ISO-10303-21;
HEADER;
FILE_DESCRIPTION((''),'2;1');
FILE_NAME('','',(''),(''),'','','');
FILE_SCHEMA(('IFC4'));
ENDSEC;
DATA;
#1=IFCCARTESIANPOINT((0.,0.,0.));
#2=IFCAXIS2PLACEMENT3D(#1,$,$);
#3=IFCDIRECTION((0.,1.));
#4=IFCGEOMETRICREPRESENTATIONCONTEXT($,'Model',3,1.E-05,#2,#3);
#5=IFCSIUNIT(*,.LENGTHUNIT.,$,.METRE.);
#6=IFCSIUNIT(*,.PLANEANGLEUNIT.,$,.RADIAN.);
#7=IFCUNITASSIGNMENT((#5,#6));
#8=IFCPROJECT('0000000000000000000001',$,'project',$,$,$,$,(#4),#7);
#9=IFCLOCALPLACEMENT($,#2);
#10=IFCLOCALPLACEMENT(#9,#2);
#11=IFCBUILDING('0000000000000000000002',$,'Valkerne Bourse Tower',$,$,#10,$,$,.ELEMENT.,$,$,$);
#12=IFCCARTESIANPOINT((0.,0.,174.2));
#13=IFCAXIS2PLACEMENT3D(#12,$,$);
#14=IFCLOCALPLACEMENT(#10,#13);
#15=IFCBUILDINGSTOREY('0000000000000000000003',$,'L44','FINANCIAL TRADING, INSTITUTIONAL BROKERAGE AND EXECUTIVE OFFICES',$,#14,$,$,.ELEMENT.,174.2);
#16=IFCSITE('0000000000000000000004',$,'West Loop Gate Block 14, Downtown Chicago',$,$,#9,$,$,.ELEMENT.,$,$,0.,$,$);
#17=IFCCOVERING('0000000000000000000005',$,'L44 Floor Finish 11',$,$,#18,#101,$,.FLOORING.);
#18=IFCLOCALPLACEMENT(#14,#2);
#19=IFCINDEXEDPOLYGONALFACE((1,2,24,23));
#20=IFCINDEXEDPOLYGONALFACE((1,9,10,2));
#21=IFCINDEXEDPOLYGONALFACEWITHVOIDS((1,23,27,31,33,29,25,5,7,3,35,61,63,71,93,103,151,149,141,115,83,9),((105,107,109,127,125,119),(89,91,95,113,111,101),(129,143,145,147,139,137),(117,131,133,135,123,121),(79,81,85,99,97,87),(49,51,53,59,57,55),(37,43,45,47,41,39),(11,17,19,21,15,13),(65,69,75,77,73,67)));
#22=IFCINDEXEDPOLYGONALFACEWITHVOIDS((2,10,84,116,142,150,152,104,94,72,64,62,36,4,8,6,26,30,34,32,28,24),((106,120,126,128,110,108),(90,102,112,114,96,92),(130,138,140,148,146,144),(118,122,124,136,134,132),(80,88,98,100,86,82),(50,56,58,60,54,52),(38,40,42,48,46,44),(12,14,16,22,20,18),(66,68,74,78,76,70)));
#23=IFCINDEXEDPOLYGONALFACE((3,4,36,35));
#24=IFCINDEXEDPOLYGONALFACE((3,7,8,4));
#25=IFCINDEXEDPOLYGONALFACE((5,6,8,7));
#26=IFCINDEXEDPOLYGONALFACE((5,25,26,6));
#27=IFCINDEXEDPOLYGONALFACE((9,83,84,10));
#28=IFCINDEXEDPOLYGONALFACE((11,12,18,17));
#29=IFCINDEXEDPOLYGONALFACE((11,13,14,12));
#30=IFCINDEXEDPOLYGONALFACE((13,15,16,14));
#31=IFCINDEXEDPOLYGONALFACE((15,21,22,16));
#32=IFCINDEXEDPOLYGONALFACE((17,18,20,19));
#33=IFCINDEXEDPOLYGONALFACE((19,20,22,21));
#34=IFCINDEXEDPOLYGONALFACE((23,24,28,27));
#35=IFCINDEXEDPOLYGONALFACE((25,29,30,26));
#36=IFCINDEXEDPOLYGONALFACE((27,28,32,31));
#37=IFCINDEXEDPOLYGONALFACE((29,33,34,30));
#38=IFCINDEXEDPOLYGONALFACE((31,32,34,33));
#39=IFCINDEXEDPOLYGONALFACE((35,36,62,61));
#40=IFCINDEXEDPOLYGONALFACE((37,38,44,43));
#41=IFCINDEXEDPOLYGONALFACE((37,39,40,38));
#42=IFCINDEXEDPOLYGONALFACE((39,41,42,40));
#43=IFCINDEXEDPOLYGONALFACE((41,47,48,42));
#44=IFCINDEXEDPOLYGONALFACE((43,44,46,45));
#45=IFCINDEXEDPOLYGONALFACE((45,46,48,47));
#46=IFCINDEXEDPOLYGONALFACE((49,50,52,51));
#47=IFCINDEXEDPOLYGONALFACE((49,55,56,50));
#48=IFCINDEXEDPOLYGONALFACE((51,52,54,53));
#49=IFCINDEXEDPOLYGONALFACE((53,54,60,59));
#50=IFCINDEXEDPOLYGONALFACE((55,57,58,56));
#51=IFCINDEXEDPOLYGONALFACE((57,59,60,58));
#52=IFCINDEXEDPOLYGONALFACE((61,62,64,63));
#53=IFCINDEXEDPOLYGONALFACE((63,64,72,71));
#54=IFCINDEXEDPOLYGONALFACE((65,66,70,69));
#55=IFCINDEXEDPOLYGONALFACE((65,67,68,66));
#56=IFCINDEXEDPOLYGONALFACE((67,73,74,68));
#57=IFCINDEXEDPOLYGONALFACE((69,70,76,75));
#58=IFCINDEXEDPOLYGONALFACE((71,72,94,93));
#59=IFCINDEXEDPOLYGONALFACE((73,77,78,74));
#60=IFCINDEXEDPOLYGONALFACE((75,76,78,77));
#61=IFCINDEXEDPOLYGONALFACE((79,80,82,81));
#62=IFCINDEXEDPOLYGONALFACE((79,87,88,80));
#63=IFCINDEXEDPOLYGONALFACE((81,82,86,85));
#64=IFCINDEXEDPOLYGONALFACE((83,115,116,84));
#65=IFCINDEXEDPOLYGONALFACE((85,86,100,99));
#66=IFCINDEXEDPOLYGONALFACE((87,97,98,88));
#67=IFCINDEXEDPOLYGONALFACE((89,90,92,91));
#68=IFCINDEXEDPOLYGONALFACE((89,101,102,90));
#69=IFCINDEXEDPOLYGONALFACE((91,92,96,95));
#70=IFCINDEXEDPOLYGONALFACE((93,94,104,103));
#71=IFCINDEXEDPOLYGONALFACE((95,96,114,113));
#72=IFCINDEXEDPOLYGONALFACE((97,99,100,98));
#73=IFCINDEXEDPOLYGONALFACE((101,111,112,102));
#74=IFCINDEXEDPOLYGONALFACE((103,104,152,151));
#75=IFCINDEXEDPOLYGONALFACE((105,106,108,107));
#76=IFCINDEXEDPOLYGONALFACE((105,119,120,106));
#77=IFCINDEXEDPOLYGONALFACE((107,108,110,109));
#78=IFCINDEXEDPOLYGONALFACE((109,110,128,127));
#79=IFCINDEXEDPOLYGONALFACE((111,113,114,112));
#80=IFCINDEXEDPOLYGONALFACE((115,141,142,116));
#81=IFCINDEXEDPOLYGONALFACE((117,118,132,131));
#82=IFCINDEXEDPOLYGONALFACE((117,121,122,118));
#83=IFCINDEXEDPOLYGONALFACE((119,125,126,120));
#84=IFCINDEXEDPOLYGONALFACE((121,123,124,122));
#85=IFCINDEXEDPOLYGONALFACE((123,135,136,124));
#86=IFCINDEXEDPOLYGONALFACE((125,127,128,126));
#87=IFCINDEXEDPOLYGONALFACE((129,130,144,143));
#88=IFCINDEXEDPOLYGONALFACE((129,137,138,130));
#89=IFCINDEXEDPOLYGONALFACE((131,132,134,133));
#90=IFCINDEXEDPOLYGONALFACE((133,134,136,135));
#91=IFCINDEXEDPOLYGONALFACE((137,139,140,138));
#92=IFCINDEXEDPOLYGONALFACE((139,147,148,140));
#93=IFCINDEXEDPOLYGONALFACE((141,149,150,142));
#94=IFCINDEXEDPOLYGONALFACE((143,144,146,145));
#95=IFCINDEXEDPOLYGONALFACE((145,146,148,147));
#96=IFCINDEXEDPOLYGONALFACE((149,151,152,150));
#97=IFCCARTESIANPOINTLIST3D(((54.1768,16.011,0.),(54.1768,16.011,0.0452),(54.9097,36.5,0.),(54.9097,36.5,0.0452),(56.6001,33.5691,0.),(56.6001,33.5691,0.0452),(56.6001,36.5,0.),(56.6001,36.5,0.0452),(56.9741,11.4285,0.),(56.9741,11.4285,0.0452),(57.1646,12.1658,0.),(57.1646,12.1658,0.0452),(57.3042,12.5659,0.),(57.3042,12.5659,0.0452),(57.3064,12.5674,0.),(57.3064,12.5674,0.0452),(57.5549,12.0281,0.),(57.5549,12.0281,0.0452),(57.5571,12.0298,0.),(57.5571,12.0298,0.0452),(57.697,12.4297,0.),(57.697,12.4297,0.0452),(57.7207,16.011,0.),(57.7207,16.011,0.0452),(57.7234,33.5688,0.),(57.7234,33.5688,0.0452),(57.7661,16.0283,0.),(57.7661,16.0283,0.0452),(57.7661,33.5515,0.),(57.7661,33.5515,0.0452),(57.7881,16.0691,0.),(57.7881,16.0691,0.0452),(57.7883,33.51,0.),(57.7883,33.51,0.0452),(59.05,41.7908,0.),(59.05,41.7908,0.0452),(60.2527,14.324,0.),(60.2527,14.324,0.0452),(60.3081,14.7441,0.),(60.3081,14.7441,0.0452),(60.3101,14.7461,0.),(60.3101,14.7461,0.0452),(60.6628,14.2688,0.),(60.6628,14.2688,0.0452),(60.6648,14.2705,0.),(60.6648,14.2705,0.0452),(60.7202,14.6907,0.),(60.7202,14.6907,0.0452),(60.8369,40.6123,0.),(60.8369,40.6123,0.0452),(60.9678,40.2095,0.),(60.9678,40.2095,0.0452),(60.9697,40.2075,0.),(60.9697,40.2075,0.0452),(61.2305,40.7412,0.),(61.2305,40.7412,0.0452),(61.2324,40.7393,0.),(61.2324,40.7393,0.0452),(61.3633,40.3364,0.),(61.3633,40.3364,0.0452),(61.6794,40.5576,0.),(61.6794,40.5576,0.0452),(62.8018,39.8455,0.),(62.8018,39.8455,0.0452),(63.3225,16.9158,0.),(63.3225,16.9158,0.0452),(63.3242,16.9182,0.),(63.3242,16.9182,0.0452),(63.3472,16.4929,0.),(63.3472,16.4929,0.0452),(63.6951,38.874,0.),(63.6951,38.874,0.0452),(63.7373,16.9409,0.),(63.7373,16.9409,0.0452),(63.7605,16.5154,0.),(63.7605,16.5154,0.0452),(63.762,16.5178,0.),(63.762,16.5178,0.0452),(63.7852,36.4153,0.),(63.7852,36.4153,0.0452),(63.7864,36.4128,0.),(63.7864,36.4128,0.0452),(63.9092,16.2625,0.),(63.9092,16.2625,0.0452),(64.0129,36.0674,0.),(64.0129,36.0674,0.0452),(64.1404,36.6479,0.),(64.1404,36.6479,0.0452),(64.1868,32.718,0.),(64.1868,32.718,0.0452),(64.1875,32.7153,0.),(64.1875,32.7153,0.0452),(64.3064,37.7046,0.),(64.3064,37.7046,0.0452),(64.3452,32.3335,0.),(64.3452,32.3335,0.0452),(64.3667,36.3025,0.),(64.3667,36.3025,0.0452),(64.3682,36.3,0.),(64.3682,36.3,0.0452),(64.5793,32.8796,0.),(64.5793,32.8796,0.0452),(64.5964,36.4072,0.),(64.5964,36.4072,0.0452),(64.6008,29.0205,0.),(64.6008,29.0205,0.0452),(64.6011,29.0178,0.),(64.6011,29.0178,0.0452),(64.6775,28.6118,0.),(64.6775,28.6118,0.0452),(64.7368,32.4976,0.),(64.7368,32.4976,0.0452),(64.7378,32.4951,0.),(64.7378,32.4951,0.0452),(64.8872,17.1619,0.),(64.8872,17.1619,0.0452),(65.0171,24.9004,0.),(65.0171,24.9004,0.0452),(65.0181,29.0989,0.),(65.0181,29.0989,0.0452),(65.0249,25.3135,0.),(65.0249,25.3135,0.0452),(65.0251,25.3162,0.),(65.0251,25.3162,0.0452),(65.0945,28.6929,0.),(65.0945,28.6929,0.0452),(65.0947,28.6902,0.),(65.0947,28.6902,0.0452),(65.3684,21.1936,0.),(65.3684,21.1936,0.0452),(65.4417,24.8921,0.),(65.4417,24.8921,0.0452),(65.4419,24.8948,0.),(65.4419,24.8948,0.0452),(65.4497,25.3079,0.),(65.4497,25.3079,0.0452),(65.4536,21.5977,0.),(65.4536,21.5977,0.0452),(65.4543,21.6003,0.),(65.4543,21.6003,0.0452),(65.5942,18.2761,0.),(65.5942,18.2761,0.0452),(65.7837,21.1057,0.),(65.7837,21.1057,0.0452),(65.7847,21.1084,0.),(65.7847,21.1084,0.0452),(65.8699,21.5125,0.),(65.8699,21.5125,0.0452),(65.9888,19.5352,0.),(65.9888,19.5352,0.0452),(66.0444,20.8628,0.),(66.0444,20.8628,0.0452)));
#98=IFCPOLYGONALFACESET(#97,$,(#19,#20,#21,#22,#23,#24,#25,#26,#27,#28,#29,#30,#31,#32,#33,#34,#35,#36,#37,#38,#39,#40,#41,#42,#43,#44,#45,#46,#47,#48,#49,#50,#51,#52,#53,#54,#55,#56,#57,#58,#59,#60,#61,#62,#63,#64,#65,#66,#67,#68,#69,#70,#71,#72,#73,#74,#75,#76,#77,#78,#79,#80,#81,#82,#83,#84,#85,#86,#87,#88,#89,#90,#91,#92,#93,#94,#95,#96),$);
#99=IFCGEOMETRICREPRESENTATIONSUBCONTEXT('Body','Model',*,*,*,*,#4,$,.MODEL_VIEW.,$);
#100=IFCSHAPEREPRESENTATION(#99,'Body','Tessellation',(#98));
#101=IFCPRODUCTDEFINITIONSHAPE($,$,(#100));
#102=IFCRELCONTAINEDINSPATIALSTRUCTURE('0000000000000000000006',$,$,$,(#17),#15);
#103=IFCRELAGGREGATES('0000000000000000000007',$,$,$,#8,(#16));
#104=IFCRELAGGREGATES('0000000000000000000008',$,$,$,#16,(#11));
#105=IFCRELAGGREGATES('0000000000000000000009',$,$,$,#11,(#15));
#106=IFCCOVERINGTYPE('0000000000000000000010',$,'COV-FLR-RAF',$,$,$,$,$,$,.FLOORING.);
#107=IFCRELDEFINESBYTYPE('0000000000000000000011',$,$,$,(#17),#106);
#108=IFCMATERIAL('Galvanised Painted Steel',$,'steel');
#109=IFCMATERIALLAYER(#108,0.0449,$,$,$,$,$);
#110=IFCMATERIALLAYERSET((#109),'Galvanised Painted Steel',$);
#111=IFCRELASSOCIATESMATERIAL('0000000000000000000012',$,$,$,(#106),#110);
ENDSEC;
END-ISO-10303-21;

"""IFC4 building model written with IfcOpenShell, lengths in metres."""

from ifc_helpers import new_model, si_unit, direction, frame, origin, place, context, subcontext, project, spatial, polyline, outline, extrude, material, layer, layer_set, type_object, element, save


model = new_model("IFC4")

# Units and contexts
model_context = context("Model", 3, precision=1e-05, world=origin(), true_north=direction((0.0, 1.0)))
body_context = subcontext(model_context, "Body", "Model", "MODEL_VIEW")
ifc_project = project(units=[si_unit("LENGTHUNIT", "METRE"), si_unit("PLANEANGLEUNIT", "RADIAN")], contexts=[model_context])

# Site, building, storey
site_placement = place(None, origin())
site = spatial("IfcSite", under=ifc_project, at=site_placement, Name="West Loop Gate Block 14, Downtown Chicago", CompositionType="ELEMENT", RefElevation=0.0)
building_placement = place(site_placement, origin())
building = spatial("IfcBuilding", under=site, at=building_placement, Name="Valkerne Bourse Tower", CompositionType="ELEMENT")
storey_placement = place(building_placement, frame((0.0, 0.0, 174.2)))
storey = spatial("IfcBuildingStorey", under=building, at=storey_placement, Name="L44", Description="FINANCIAL TRADING, INSTITUTIONAL BROKERAGE AND EXECUTIVE OFFICES", CompositionType="ELEMENT", Elevation=174.2)

# Covering
ifc_material_1 = material(Name="Galvanised Painted Steel", Category="steel")
ifc_layer_1 = layer(ifc_material_1, 0.0449)
ifc_layer_set_1 = layer_set([ifc_layer_1], Name="Galvanised Painted Steel")
covering_type_1 = type_object("IfcCoveringType", Name="COV-FLR-RAF", PredefinedType="FLOORING", material=ifc_layer_set_1)
covering_1_placement = place(storey_placement, origin())
element("IfcCovering", 1, at=covering_1_placement, inside=storey, type_object=covering_type_1, Name="L44 Floor Finish 11", PredefinedType="FLOORING", context=body_context, shape_type="SweptSolid", body=[
    extrude(outline(polyline([(64.8872, 17.1619), (63.9092, 16.2625), (56.9741, 11.4285), (54.1768, 16.011), (57.7207, 16.011), (57.7661, 16.0283), (57.7881, 16.0691), (57.7883, 33.51), (57.7661, 33.5515), (57.7234, 33.5688), (56.6001, 33.5691), (56.6001, 36.5), (54.9097, 36.5), (59.05, 41.7908), (61.6794, 40.5576), (62.8018, 39.8455), (63.6951, 38.874), (64.3064, 37.7046), (64.5964, 36.4072), (66.0444, 20.8628), (65.9888, 19.5352), (65.5942, 18.2761), (64.8872, 17.1619)]), holes=[polyline([(57.5571, 12.0298), (57.697, 12.4297), (57.3064, 12.5674), (57.3042, 12.5659), (57.1646, 12.1658), (57.5549, 12.0281), (57.5571, 12.0298)]), polyline([(60.6648, 14.2705), (60.7202, 14.6907), (60.3101, 14.7461), (60.3081, 14.7441), (60.2527, 14.324), (60.6628, 14.2688), (60.6648, 14.2705)]), polyline([(63.762, 16.5178), (63.7373, 16.9409), (63.3242, 16.9182), (63.3225, 16.9158), (63.3472, 16.4929), (63.7605, 16.5154), (63.762, 16.5178)]), polyline([(65.8699, 21.5125), (65.4543, 21.6003), (65.4536, 21.5977), (65.3684, 21.1936), (65.7837, 21.1057), (65.7847, 21.1084), (65.8699, 21.5125)]), polyline([(65.4497, 25.3079), (65.0251, 25.3162), (65.0249, 25.3135), (65.0171, 24.9004), (65.4417, 24.8921), (65.4419, 24.8948), (65.4497, 25.3079)]), polyline([(65.0947, 28.6902), (65.0945, 28.6929), (65.0181, 29.0989), (64.6008, 29.0205), (64.6011, 29.0178), (64.6775, 28.6118), (65.0947, 28.6902)]), polyline([(64.7378, 32.4951), (64.7368, 32.4976), (64.5793, 32.8796), (64.1868, 32.718), (64.1875, 32.7153), (64.3452, 32.3335), (64.7378, 32.4951)]), polyline([(64.3682, 36.3), (64.3667, 36.3025), (64.1404, 36.6479), (63.7852, 36.4153), (63.7864, 36.4128), (64.0129, 36.0674), (64.3682, 36.3)]), polyline([(61.2324, 40.7393), (61.2305, 40.7412), (60.8369, 40.6123), (60.9678, 40.2095), (60.9697, 40.2075), (61.3633, 40.3364), (61.2324, 40.7393)])]), origin(), (0.0, 0.0, 1.0), 0.0452),
])

save(model, "model.ifc")
